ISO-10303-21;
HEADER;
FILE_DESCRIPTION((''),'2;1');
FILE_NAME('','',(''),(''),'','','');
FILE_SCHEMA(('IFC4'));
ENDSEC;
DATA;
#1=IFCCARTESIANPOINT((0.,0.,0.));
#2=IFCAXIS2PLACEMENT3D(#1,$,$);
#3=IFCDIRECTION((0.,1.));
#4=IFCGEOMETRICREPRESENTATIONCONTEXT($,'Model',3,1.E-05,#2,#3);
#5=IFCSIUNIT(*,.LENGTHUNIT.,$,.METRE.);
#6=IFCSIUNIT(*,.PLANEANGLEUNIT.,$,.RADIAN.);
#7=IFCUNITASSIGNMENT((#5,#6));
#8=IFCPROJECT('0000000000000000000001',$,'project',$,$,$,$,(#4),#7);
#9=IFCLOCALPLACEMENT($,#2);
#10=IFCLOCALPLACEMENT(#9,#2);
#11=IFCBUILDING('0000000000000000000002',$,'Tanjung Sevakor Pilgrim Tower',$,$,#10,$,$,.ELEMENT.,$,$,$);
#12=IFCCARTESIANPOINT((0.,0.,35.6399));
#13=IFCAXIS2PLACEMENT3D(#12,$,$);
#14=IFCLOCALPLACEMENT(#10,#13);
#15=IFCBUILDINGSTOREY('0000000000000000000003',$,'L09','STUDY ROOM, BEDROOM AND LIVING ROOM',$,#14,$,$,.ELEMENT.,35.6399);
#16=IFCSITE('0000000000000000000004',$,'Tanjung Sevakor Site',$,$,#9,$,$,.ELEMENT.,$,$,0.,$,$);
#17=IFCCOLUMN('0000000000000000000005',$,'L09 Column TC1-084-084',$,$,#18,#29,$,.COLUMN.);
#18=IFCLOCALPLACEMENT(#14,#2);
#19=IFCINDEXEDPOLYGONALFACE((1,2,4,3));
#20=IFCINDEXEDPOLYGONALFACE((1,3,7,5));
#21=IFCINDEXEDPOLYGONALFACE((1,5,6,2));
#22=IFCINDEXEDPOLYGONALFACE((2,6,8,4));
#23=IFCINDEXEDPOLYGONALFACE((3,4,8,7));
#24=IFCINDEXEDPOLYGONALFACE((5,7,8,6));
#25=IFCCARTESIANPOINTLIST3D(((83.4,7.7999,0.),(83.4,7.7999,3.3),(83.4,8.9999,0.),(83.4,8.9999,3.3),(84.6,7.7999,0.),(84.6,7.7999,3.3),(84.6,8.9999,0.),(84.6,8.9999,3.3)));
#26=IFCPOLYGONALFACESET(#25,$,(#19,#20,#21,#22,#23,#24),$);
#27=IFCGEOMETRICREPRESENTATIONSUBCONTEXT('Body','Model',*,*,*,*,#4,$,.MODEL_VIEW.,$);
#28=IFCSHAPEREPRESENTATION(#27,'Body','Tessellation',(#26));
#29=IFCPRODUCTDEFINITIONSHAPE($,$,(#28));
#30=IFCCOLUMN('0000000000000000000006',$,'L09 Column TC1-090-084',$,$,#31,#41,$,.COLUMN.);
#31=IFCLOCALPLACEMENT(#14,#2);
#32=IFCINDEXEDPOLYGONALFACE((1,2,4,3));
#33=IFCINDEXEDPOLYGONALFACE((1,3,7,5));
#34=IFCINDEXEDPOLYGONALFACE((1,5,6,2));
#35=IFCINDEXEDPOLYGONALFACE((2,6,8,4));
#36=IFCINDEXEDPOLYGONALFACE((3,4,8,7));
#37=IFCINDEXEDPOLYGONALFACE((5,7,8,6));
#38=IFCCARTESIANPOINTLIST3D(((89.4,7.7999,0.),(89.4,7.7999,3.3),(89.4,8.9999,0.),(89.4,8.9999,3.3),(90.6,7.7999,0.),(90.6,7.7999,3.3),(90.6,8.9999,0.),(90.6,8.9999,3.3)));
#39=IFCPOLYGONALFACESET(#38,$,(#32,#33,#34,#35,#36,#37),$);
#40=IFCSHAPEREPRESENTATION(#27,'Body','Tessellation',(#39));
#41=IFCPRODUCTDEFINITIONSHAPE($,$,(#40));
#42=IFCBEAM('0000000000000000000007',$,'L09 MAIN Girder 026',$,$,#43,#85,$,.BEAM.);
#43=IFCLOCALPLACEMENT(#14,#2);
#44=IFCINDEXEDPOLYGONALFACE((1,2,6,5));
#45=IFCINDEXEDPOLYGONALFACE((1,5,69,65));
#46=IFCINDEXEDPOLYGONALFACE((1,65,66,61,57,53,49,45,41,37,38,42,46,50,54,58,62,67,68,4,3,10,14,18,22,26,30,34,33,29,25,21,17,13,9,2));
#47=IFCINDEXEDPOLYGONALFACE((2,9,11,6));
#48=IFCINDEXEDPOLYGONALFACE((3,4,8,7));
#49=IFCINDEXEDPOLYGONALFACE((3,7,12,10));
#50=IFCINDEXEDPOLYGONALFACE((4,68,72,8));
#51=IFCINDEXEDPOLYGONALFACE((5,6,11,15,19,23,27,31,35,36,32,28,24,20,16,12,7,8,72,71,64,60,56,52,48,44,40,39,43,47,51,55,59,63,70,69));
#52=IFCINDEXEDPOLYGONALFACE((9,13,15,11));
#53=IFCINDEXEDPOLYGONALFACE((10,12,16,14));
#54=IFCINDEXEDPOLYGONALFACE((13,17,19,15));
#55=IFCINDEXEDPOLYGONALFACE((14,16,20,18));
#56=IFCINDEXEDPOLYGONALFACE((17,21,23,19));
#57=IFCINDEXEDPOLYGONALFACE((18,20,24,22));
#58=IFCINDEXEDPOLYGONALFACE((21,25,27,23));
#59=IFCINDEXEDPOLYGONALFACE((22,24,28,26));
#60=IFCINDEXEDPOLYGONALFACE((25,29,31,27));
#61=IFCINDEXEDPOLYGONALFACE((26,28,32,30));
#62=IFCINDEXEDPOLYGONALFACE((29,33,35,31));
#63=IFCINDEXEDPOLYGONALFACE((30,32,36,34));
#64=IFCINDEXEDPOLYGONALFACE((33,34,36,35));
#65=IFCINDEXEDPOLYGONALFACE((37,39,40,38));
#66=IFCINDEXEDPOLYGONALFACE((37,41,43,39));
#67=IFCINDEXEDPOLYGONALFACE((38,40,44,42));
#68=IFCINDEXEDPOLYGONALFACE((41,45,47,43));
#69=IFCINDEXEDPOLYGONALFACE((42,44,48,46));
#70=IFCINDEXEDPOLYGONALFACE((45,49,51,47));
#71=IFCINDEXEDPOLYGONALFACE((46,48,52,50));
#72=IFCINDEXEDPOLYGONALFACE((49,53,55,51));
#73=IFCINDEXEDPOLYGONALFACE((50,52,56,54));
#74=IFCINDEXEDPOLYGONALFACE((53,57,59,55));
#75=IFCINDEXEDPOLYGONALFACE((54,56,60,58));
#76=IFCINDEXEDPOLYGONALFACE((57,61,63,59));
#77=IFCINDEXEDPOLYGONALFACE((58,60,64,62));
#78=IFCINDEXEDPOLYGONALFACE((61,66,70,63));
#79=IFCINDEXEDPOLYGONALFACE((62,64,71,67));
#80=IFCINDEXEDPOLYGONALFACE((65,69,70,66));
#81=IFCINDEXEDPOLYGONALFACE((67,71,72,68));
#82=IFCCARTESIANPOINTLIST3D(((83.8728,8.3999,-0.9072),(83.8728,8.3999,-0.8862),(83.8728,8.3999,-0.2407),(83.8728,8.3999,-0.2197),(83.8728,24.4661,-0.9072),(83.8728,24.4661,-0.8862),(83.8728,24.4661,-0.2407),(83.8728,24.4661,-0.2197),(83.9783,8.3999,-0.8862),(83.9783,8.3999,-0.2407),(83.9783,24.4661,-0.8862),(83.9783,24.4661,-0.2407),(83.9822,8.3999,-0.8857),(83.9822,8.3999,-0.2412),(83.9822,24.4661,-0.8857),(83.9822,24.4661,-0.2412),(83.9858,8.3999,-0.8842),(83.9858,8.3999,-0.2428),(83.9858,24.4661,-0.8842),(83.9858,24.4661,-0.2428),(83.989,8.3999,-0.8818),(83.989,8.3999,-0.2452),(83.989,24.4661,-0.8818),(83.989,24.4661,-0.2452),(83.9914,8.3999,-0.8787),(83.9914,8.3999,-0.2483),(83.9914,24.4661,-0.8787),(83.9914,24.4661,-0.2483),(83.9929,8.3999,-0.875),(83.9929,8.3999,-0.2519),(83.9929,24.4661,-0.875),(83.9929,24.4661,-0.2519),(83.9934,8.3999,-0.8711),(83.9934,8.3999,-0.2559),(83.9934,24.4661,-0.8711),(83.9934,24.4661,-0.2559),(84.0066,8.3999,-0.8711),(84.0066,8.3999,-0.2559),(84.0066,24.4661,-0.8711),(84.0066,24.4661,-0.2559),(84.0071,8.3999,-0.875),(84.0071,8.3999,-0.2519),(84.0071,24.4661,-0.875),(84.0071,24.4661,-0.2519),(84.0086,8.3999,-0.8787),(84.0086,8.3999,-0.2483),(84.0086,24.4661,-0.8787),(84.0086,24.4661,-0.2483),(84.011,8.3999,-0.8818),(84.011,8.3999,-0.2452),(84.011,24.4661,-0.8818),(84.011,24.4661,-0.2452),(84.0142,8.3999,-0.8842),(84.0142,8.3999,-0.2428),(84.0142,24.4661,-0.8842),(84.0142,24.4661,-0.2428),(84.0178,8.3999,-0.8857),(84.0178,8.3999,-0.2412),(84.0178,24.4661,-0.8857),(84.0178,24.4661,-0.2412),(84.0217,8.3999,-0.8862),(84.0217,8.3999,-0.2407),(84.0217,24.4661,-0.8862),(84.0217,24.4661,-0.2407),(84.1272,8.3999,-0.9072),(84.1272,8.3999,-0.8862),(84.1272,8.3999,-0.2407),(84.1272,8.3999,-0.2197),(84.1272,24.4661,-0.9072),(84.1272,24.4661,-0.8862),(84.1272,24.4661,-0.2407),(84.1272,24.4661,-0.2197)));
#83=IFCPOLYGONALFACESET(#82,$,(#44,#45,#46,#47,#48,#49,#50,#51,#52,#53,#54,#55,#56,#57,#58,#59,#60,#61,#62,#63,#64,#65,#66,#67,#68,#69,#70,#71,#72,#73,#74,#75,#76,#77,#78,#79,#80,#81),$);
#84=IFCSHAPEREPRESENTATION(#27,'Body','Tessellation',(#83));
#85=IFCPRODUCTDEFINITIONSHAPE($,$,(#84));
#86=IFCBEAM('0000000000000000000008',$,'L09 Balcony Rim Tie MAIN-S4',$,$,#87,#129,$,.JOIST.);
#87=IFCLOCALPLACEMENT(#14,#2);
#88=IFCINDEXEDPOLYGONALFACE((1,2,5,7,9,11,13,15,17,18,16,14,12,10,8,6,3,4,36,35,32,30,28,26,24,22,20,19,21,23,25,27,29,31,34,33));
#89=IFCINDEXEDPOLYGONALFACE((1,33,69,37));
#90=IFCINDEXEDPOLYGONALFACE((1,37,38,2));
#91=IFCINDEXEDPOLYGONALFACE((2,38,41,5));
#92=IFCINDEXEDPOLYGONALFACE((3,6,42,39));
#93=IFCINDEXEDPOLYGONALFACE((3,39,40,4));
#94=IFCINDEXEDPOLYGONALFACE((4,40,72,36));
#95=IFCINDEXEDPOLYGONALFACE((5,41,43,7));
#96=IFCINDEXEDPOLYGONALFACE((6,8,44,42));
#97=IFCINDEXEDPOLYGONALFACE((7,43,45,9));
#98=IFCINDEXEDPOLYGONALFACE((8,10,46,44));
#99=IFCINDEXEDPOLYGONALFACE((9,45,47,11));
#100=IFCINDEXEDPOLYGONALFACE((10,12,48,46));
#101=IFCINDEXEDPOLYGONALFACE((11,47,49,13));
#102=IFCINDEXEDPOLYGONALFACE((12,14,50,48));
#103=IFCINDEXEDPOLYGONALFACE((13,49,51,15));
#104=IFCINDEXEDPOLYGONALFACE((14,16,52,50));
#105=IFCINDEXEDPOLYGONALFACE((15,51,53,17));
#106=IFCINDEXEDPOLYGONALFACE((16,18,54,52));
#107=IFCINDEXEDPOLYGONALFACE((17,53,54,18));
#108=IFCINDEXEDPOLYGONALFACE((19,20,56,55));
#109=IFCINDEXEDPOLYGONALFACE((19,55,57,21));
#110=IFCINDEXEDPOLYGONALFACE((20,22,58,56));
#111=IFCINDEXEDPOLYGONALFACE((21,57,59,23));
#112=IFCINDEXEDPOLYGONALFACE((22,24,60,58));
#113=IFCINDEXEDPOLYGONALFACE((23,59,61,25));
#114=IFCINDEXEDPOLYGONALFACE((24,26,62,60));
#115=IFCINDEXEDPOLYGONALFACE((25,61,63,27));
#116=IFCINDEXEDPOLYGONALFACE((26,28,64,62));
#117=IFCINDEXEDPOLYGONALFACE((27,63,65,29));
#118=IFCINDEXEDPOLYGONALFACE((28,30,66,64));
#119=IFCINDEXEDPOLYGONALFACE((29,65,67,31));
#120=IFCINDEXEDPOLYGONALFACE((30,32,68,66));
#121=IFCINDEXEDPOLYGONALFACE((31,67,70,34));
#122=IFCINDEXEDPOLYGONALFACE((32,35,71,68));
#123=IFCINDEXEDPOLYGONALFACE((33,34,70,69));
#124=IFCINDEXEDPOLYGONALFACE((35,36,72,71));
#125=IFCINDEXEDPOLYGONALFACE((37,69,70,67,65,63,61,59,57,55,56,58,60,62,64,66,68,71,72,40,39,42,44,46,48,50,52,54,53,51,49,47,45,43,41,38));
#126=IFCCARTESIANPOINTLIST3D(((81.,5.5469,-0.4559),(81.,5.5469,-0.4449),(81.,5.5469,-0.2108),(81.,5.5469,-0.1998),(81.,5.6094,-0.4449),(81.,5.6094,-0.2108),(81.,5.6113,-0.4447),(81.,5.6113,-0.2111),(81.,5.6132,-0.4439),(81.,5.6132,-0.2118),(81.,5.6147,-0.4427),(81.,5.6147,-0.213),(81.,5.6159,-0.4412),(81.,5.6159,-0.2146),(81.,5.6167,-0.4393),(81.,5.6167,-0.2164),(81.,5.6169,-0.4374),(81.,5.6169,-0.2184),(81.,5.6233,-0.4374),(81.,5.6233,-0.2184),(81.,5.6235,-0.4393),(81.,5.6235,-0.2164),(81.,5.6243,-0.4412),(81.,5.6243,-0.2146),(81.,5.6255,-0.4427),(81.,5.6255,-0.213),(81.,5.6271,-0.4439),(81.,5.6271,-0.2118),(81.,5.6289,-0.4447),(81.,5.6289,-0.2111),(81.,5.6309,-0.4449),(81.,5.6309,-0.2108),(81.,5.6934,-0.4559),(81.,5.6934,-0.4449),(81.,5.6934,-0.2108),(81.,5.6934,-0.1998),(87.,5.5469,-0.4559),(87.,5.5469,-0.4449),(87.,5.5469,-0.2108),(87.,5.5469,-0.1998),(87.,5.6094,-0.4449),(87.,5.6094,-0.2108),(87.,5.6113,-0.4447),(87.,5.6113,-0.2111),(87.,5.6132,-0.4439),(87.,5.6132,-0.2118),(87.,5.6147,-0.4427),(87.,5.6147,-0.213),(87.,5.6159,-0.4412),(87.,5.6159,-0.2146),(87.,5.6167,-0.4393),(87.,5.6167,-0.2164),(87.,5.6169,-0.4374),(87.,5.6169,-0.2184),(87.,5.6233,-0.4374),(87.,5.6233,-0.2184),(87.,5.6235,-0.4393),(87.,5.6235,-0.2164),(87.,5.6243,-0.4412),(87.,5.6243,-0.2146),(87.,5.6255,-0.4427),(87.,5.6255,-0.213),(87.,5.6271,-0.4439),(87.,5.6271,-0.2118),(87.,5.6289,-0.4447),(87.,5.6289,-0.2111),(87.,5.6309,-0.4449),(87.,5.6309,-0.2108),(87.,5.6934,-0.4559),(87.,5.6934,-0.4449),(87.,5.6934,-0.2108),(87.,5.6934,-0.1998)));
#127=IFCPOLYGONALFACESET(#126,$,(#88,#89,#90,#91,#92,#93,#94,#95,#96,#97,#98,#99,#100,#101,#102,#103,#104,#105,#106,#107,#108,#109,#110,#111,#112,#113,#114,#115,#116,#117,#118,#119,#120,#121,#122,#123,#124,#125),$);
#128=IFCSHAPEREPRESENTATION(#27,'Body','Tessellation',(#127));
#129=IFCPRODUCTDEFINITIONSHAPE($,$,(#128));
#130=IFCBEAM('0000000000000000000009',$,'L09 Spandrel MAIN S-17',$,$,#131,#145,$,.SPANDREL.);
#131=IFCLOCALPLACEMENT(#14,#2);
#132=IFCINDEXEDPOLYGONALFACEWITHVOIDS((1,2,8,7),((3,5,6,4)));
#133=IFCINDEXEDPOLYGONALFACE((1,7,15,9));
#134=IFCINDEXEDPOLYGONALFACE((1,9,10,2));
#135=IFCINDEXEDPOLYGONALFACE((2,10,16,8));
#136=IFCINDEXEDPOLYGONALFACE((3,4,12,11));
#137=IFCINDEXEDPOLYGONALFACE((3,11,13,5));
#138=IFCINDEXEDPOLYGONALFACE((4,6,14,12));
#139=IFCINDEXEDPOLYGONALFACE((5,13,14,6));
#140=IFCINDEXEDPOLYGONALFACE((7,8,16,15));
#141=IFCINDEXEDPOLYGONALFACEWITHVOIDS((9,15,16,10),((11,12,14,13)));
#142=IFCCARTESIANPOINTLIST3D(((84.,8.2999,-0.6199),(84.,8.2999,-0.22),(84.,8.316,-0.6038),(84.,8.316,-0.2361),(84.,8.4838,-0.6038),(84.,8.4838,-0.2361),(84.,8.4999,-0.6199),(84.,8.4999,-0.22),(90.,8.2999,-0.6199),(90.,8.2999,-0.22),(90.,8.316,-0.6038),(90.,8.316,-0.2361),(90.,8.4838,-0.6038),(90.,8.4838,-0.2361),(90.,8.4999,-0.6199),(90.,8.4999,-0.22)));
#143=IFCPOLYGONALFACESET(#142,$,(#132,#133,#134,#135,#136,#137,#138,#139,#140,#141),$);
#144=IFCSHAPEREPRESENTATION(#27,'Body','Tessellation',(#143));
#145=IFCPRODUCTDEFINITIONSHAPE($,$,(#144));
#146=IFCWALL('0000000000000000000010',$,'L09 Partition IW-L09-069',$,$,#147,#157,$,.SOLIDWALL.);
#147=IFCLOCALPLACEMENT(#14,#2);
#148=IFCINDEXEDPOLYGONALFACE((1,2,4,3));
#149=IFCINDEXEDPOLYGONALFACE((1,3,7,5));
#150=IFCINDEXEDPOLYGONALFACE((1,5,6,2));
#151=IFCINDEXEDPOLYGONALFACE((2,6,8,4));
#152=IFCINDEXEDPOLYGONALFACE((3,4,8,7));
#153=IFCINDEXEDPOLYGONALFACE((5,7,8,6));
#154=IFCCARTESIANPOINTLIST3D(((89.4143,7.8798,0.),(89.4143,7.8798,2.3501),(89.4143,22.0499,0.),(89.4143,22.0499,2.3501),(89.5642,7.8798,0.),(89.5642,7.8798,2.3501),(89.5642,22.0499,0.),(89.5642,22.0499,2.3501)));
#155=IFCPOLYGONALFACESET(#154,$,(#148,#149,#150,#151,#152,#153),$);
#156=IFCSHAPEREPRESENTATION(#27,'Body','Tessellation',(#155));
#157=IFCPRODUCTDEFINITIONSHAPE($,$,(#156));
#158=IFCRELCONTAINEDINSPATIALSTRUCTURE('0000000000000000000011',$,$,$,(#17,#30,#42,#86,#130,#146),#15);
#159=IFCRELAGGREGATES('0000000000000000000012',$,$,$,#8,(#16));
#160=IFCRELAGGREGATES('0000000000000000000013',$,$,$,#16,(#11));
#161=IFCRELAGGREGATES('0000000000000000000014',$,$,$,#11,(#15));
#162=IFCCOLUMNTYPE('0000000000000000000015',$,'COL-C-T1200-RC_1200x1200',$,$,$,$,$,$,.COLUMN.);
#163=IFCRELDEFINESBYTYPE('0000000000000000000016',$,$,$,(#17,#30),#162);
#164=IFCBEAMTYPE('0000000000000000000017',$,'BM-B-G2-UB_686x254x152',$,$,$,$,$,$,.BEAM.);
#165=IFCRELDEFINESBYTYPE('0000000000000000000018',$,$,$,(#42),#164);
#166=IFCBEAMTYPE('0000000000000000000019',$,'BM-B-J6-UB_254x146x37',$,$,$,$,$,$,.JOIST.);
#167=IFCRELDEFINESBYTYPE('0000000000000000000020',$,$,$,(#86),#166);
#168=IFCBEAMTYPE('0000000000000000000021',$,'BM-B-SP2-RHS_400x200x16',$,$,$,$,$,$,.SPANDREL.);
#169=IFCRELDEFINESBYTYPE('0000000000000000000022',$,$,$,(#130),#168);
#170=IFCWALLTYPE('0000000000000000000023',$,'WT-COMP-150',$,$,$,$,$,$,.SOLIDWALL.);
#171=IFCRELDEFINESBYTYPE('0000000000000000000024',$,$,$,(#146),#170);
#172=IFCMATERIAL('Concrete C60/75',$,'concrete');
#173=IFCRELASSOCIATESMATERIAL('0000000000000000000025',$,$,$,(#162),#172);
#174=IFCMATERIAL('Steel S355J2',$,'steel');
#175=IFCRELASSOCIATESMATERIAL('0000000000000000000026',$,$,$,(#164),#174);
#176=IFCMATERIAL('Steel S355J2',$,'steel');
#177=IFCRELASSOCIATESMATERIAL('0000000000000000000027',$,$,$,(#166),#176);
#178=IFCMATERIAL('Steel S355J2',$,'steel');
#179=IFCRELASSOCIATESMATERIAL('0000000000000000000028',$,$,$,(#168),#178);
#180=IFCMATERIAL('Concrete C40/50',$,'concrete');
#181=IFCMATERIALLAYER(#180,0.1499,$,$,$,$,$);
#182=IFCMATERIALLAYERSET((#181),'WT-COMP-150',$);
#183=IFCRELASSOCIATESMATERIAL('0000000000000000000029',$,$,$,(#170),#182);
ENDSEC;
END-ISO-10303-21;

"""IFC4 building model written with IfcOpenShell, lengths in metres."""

from ifc_helpers import new_model, si_unit, direction, frame, frame_2d, origin, origin_2d, place, context, subcontext, project, spatial, rectangle, hollow_rectangle, i_section, extrude, material, layer, layer_set, material_profile, profile_set, type_object, element, save


model = new_model("IFC4")

# Units and contexts
model_context = context("Model", 3, precision=1e-05, world=origin(), true_north=direction((0.0, 1.0)))
body_context = subcontext(model_context, "Body", "Model", "MODEL_VIEW")
ifc_project = project(units=[si_unit("LENGTHUNIT", "METRE"), si_unit("PLANEANGLEUNIT", "RADIAN")], contexts=[model_context])

# Site, building, storey
site_placement = place(None, origin())
site = spatial("IfcSite", under=ifc_project, at=site_placement, Name="Tanjung Sevakor Site", CompositionType="ELEMENT", RefElevation=0.0)
building_placement = place(site_placement, origin())
building = spatial("IfcBuilding", under=site, at=building_placement, Name="Tanjung Sevakor Pilgrim Tower", CompositionType="ELEMENT")
storey_placement = place(building_placement, frame((0.0, 0.0, 35.6399)))
storey = spatial("IfcBuildingStorey", under=building, at=storey_placement, Name="L09", Description="STUDY ROOM, BEDROOM AND LIVING ROOM", CompositionType="ELEMENT", Elevation=35.6399)

# Columns
ifc_material_1 = material(Name="Concrete C60/75", Category="concrete")
ifc_material_profile_1 = material_profile(ifc_material_1, rectangle(XDim=1.2, YDim=1.2, at=origin_2d()))
ifc_profile_set_1 = profile_set([ifc_material_profile_1], Name="Concrete C60/75")
column_type = type_object("IfcColumnType", Name="COL-C-T1200-RC_1200x1200", PredefinedType="COLUMN", material=ifc_profile_set_1)
for number, where, z_axis, x_axis, name in (
    (1, (84.0, 8.3999, 0.0), (0.0, 0.0, 1.0), (1.0, 0.0, 0.0), "L09 Column TC1-084-084"),
    (2, (90.0, 8.3999, 0.0), (0.0, 0.0, 1.0), (1.0, 0.0, 0.0), "L09 Column TC1-090-084"),
):
    element("IfcColumn", number, at=place(storey_placement, frame(where, z_axis=z_axis, x_axis=x_axis)), inside=storey, type_object=column_type, Name=name, PredefinedType="COLUMN", context=body_context, shape_type="SweptSolid", body=[
        extrude(rectangle(XDim=1.2, YDim=1.2, at=origin_2d()), origin(), (0.0, 0.0, 1.0), 3.3),
    ])

# Beams
ifc_material_2 = material(Name="Steel S355J2", Category="steel")
ifc_material_profile_2 = material_profile(ifc_material_2, i_section(OverallWidth=0.2544, OverallDepth=0.6875, WebThickness=0.0132, FlangeThickness=0.021, FilletRadius=0.0151, at=origin_2d()))
ifc_profile_set_2 = profile_set([ifc_material_profile_2], Name="Steel S355J2")
beam_type_1 = type_object("IfcBeamType", Name="BM-B-G2-UB_686x254x152", PredefinedType="BEAM", material=ifc_profile_set_2)
beam_1_placement = place(storey_placement, frame((84.0, 8.3999, -0.5635), z_axis=(0.0, 1.0, 0.0), x_axis=(-1.0, 0.0, 0.0)))
element("IfcBeam", 3, at=beam_1_placement, inside=storey, type_object=beam_type_1, Name="L09 MAIN Girder 026", PredefinedType="BEAM", context=body_context, shape_type="SweptSolid", body=[
    extrude(i_section(OverallWidth=0.2544, OverallDepth=0.6875, WebThickness=0.0132, FlangeThickness=0.021, FilletRadius=0.0151, at=origin_2d()), origin(), (0.0, 0.0, 1.0), 16.0662),
])
ifc_material_3 = material(Name="Steel S355J2", Category="steel")
ifc_material_profile_3 = material_profile(ifc_material_3, i_section(OverallWidth=0.1465, OverallDepth=0.2561, WebThickness=0.0063, FlangeThickness=0.011, FilletRadius=0.0076, at=origin_2d()))
ifc_profile_set_3 = profile_set([ifc_material_profile_3], Name="Steel S355J2")
beam_type_2 = type_object("IfcBeamType", Name="BM-B-J6-UB_254x146x37", PredefinedType="JOIST", material=ifc_profile_set_3)
beam_2_placement = place(storey_placement, frame((81.0, 5.6201, -0.3279), z_axis=(1.0, 0.0, 0.0), x_axis=(0.0, 1.0, 0.0)))
element("IfcBeam", 4, at=beam_2_placement, inside=storey, type_object=beam_type_2, Name="L09 Balcony Rim Tie MAIN-S4", PredefinedType="JOIST", context=body_context, shape_type="SweptSolid", body=[
    extrude(i_section(OverallWidth=0.1465, OverallDepth=0.2561, WebThickness=0.0063, FlangeThickness=0.011, FilletRadius=0.0076, at=origin_2d()), origin(), (0.0, 0.0, 1.0), 6.0),
])
ifc_material_4 = material(Name="Steel S355J2", Category="steel")
ifc_material_profile_4 = material_profile(ifc_material_4, hollow_rectangle(XDim=0.2, YDim=0.3999, WallThickness=0.0161, at=origin_2d()))
ifc_profile_set_4 = profile_set([ifc_material_profile_4], Name="Steel S355J2")
beam_type_3 = type_object("IfcBeamType", Name="BM-B-SP2-RHS_400x200x16", PredefinedType="SPANDREL", material=ifc_profile_set_4)
beam_3_placement = place(storey_placement, frame((84.0, 8.3999, -0.4199), z_axis=(1.0, 0.0, 0.0), x_axis=(0.0, 1.0, 0.0)))
element("IfcBeam", 5, at=beam_3_placement, inside=storey, type_object=beam_type_3, Name="L09 Spandrel MAIN S-17", PredefinedType="SPANDREL", context=body_context, shape_type="SweptSolid", body=[
    extrude(hollow_rectangle(XDim=0.2, YDim=0.3999, WallThickness=0.0161, at=origin_2d()), origin(), (0.0, 0.0, 1.0), 6.0),
])

# Wall
ifc_material_5 = material(Name="Concrete C40/50", Category="concrete")
ifc_layer_1 = layer(ifc_material_5, 0.1499)
ifc_layer_set_1 = layer_set([ifc_layer_1], Name="WT-COMP-150")
wall_type_1 = type_object("IfcWallType", Name="WT-COMP-150", PredefinedType="SOLIDWALL", material=ifc_layer_set_1)
wall_1_placement = place(storey_placement, frame((89.4893, 7.8799, 0.0), z_axis=(0.0, 0.0, 1.0), x_axis=(0.0, 1.0, 0.0)))
element("IfcWall", 6, at=wall_1_placement, inside=storey, type_object=wall_type_1, Name="L09 Partition IW-L09-069", PredefinedType="SOLIDWALL", context=body_context, shape_type="SweptSolid", body=[
    extrude(rectangle(XDim=14.1702, YDim=0.1499, at=frame_2d((7.085, 0.0))), origin(), (0.0, 0.0, 1.0), 2.3501),
])

save(model, "model.ifc")
